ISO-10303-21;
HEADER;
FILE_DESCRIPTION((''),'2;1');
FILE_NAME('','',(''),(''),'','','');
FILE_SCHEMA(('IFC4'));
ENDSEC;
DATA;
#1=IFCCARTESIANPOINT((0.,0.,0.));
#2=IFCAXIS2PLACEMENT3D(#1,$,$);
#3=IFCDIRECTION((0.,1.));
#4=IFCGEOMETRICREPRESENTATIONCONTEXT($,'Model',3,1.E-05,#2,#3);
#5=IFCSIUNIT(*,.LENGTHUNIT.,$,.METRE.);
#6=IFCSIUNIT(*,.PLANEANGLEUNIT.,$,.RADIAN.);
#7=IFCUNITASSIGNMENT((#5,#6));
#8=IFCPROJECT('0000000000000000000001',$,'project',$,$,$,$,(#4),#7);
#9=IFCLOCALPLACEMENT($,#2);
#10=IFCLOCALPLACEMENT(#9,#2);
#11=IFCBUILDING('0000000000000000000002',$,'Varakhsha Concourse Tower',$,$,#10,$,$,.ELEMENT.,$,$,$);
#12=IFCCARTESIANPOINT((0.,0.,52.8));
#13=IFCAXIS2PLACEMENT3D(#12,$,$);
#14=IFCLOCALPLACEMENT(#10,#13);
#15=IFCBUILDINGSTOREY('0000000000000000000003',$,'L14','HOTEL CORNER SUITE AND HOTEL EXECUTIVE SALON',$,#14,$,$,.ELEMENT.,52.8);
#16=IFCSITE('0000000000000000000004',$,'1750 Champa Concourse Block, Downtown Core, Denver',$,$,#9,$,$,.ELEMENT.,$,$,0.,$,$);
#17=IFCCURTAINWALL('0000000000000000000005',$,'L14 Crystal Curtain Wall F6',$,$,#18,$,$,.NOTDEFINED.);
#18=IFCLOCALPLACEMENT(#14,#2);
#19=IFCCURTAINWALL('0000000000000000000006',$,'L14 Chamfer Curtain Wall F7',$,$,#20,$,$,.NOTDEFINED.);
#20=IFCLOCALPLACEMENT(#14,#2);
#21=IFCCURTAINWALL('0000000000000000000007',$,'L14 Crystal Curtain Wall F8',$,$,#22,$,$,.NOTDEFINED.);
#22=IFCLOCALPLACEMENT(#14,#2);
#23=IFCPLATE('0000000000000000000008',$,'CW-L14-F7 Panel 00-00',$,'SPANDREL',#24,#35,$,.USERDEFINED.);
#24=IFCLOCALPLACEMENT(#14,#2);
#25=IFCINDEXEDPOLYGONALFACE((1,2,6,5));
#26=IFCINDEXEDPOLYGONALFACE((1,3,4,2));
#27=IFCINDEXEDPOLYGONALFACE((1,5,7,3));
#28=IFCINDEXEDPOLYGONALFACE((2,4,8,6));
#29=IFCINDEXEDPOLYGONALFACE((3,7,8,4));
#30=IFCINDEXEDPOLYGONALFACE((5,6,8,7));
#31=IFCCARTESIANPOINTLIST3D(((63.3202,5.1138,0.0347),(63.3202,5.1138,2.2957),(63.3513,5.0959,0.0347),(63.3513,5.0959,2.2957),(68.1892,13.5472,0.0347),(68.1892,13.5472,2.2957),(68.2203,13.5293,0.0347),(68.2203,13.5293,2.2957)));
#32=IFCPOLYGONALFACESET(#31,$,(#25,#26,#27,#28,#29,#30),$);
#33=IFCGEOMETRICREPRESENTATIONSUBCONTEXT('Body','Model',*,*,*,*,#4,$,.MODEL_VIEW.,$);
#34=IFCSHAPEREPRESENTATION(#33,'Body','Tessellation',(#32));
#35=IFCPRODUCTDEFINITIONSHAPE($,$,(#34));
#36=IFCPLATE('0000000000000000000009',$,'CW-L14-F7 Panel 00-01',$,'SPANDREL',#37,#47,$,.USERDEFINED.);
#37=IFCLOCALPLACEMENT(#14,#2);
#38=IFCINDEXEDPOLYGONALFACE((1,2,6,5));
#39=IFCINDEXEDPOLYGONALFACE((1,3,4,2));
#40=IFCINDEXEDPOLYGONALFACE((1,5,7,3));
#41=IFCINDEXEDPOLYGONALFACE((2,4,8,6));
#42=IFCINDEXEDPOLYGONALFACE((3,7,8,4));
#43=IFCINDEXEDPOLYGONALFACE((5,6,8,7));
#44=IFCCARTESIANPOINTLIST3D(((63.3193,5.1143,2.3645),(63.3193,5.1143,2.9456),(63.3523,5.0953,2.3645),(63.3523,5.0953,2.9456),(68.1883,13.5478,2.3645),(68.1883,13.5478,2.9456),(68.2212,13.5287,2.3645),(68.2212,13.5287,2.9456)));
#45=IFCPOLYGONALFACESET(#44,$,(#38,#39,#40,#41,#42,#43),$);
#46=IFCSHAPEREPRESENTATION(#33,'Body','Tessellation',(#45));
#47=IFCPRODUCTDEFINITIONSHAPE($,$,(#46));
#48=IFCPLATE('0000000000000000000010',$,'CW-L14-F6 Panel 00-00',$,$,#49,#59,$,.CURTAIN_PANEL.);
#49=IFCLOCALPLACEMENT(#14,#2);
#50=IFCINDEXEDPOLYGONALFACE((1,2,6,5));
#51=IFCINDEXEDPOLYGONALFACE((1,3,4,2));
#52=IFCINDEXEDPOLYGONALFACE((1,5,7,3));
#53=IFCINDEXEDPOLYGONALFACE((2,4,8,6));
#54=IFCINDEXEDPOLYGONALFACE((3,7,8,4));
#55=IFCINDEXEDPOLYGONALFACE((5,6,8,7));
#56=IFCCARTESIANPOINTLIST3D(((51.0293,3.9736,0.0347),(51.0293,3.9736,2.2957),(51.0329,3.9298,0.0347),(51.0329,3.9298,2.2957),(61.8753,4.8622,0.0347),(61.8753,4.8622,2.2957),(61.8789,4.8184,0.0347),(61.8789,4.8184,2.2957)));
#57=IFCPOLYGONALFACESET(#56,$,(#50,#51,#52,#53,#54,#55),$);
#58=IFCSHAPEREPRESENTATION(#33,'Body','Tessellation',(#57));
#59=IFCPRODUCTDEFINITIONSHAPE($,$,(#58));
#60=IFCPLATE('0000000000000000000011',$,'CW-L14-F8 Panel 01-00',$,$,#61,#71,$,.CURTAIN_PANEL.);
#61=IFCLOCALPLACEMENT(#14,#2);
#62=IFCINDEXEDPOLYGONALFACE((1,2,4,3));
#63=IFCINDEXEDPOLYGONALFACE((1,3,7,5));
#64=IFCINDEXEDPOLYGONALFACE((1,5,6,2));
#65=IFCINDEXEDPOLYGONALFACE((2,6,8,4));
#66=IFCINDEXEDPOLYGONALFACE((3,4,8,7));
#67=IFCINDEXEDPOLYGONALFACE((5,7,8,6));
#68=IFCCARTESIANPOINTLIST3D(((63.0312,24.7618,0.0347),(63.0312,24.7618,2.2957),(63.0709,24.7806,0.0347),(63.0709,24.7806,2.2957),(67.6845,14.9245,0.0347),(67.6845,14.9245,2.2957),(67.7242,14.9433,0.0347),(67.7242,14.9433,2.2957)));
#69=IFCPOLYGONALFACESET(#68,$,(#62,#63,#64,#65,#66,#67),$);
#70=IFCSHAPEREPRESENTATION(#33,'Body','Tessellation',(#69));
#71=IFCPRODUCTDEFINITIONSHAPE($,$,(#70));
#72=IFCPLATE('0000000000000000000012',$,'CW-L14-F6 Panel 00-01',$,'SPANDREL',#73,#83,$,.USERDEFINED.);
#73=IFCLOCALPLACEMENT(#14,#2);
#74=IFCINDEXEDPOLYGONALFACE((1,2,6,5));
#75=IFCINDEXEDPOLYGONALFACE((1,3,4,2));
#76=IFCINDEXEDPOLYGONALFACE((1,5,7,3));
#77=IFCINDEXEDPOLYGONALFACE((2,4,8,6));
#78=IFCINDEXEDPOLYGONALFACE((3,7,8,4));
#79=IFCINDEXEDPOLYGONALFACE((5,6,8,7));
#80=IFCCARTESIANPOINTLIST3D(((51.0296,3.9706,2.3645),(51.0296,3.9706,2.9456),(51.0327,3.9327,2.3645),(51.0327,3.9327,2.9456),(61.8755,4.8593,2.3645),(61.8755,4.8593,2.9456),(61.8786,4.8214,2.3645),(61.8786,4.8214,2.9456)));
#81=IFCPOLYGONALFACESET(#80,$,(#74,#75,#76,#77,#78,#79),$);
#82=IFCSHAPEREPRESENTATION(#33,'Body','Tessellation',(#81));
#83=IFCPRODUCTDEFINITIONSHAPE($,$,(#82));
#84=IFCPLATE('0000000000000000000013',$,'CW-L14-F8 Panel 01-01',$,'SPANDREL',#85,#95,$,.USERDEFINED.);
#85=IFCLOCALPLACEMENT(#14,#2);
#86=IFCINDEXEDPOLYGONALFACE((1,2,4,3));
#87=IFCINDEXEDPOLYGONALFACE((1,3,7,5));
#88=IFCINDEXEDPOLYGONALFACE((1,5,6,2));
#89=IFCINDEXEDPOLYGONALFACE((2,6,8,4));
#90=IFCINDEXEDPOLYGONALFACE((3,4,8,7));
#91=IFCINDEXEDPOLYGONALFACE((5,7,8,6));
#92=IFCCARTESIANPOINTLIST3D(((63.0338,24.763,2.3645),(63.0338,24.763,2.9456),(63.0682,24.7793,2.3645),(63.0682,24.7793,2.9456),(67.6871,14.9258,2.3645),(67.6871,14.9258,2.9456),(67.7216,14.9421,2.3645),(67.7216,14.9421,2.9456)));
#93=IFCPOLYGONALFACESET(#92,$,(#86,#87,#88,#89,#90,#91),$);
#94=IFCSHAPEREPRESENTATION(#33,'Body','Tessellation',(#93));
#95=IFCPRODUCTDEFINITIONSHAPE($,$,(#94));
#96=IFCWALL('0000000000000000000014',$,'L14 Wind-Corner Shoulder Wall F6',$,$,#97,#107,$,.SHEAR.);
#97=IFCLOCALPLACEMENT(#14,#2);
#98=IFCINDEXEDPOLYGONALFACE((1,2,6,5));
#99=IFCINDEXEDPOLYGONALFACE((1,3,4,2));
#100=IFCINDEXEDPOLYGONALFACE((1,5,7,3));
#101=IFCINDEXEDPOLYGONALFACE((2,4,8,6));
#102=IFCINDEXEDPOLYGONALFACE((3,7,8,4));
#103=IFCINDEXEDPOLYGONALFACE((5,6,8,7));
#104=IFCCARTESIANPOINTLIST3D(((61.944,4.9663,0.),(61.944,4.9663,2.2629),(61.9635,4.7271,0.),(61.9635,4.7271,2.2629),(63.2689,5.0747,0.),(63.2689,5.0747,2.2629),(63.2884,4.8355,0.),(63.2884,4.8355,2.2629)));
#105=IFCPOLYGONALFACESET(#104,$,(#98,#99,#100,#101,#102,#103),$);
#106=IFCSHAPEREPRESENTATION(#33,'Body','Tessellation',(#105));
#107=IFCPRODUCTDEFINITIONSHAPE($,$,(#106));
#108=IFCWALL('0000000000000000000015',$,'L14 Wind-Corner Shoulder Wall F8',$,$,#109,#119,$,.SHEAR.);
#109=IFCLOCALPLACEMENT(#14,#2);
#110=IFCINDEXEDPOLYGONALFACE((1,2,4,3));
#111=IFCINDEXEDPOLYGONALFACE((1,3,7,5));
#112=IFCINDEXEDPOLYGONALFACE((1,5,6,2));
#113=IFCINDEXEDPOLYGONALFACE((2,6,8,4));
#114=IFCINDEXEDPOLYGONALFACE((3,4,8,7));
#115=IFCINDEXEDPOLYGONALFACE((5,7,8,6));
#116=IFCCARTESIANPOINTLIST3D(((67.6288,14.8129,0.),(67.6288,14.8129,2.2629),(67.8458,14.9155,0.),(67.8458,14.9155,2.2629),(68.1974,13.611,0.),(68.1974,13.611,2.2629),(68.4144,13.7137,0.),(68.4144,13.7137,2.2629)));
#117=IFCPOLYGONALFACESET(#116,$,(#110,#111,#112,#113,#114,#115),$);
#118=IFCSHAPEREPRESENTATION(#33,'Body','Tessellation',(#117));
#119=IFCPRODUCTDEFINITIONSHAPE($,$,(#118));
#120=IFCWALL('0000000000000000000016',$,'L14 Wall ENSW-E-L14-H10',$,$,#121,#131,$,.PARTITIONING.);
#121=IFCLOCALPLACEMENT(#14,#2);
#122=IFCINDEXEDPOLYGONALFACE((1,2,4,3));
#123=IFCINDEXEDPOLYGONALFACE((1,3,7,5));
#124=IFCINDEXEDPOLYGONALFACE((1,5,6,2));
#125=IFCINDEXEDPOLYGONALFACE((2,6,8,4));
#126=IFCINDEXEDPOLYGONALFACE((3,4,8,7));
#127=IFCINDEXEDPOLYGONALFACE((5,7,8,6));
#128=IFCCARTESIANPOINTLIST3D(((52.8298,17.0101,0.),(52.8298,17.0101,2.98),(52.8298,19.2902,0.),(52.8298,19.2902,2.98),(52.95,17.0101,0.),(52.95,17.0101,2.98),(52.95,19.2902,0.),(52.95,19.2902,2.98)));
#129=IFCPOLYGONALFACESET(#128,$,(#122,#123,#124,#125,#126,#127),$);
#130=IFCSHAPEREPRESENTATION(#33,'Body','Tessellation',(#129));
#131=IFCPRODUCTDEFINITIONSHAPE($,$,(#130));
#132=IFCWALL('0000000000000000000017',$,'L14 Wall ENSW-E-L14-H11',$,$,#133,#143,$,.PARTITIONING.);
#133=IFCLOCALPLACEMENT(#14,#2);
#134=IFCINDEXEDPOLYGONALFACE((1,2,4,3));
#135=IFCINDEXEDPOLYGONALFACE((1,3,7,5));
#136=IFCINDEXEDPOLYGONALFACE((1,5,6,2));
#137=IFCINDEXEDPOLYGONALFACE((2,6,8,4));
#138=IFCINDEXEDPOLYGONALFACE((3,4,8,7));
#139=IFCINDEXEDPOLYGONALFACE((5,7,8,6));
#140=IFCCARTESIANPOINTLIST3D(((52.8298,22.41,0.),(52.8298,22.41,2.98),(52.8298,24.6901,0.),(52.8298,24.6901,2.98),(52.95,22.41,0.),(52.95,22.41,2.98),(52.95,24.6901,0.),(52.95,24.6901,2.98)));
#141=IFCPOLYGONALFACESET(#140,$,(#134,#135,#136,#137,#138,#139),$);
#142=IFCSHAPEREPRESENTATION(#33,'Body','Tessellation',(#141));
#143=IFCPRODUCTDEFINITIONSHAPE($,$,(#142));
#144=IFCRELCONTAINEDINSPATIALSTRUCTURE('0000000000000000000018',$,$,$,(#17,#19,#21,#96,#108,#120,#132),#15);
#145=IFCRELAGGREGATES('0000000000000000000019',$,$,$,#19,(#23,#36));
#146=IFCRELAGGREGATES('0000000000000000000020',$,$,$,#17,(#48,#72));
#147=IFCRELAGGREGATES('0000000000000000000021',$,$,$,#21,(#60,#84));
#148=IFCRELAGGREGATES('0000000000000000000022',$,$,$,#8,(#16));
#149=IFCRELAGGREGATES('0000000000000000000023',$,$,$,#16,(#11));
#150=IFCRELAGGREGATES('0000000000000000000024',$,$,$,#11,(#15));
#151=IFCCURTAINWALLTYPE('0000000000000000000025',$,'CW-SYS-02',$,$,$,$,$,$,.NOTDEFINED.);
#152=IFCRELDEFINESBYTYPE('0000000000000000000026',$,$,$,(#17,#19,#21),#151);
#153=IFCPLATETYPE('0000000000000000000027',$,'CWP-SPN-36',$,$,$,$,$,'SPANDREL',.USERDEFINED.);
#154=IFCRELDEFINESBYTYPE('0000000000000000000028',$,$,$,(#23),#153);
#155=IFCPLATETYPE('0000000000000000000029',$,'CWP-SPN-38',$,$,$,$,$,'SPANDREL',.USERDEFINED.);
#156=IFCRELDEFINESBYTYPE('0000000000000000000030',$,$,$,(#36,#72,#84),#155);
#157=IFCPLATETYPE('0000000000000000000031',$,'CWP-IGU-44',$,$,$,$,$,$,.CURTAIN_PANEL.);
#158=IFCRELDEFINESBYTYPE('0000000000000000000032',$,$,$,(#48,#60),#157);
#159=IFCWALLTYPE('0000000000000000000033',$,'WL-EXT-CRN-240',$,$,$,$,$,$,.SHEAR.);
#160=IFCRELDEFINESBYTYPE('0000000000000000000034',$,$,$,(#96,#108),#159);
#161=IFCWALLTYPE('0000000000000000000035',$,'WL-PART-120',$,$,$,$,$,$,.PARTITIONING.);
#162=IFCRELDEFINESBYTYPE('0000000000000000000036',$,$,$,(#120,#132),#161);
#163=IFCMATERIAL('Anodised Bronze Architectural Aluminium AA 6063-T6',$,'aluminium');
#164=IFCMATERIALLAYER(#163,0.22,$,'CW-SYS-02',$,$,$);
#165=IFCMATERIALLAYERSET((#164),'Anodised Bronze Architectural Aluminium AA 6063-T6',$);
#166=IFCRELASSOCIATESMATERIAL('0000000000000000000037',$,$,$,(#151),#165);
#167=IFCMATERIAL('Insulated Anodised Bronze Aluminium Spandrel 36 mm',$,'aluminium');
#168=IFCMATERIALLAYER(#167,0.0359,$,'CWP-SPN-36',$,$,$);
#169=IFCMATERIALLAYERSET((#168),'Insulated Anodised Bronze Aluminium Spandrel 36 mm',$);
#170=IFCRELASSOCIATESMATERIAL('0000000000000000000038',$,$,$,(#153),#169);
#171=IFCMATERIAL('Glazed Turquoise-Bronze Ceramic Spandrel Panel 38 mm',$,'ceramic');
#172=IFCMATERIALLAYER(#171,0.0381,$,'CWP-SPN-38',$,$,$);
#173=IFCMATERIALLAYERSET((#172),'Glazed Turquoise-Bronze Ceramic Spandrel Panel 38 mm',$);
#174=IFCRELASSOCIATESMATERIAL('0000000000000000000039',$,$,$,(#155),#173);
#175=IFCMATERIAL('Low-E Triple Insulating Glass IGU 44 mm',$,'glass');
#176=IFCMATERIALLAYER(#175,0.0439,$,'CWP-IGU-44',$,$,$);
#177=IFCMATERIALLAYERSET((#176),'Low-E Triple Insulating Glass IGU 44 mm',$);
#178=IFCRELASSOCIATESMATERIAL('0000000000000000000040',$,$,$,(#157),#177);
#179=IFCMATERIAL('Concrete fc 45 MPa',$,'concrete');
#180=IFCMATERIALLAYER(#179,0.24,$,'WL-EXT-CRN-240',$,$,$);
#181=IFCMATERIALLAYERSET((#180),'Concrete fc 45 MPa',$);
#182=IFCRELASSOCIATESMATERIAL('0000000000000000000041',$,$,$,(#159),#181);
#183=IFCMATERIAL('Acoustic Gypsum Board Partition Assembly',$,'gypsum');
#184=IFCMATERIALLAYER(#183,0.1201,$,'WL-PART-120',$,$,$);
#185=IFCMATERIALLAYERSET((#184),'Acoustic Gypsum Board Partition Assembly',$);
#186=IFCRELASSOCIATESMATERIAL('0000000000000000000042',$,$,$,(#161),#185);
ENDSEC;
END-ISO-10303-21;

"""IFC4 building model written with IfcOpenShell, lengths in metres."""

from ifc_helpers import new_model, si_unit, direction, frame, frame_2d, origin, origin_2d, place, context, subcontext, project, spatial, rectangle, extrude, source, transform, mapped, material, layer, layer_set, type_object, type_shapes, element, aggregate, save


model = new_model("IFC4")

# Units and contexts
model_context = context("Model", 3, precision=1e-05, world=origin(), true_north=direction((0.0, 1.0)))
body_context = subcontext(model_context, "Body", "Model", "MODEL_VIEW")
ifc_project = project(units=[si_unit("LENGTHUNIT", "METRE"), si_unit("PLANEANGLEUNIT", "RADIAN")], contexts=[model_context])

# Site, building, storey
site_placement = place(None, origin())
site = spatial("IfcSite", under=ifc_project, at=site_placement, Name="1750 Champa Concourse Block, Downtown Core, Denver", CompositionType="ELEMENT", RefElevation=0.0)
building_placement = place(site_placement, origin())
building = spatial("IfcBuilding", under=site, at=building_placement, Name="Varakhsha Concourse Tower", CompositionType="ELEMENT")
storey_placement = place(building_placement, frame((0.0, 0.0, 52.8)))
storey = spatial("IfcBuildingStorey", under=building, at=storey_placement, Name="L14", Description="HOTEL CORNER SUITE AND HOTEL EXECUTIVE SALON", CompositionType="ELEMENT", Elevation=52.8)

# Curtain wall
ifc_material_1 = material(Name="Anodised Bronze Architectural Aluminium AA 6063-T6", Category="aluminium")
ifc_layer_1 = layer(ifc_material_1, 0.22, Name="CW-SYS-02")
ifc_layer_set_1 = layer_set([ifc_layer_1], Name="Anodised Bronze Architectural Aluminium AA 6063-T6")
curtain_wall_type = type_object("IfcCurtainWallType", Name="CW-SYS-02", PredefinedType="NOTDEFINED", material=ifc_layer_set_1)
curtain_wall_1_placement = place(storey_placement, origin())
curtain_wall_1 = element("IfcCurtainWall", 1, at=curtain_wall_1_placement, inside=storey, type_object=curtain_wall_type, Name="L14 Crystal Curtain Wall F6", PredefinedType="NOTDEFINED")

# Curtain wall
curtain_wall_2_placement = place(storey_placement, origin())
curtain_wall_2 = element("IfcCurtainWall", 2, at=curtain_wall_2_placement, inside=storey, type_object=curtain_wall_type, Name="L14 Chamfer Curtain Wall F7", PredefinedType="NOTDEFINED")

# Curtain wall
curtain_wall_3_placement = place(storey_placement, origin())
curtain_wall_3 = element("IfcCurtainWall", 3, at=curtain_wall_3_placement, inside=storey, type_object=curtain_wall_type, Name="L14 Crystal Curtain Wall F8", PredefinedType="NOTDEFINED")

# Plates
ifc_material_2 = material(Name="Insulated Anodised Bronze Aluminium Spandrel 36 mm", Category="aluminium")
ifc_layer_2 = layer(ifc_material_2, 0.0359, Name="CWP-SPN-36")
ifc_layer_set_2 = layer_set([ifc_layer_2], Name="Insulated Anodised Bronze Aluminium Spandrel 36 mm")
plate_type_1 = type_object("IfcPlateType", Name="CWP-SPN-36", ElementType="SPANDREL", PredefinedType="USERDEFINED", material=ifc_layer_set_2)
shared_shape_1 = source(origin(), body_context, "Body", "SweptSolid", [
    extrude(rectangle(XDim=9.738, YDim=0.0359, at=origin_2d()), origin(), (0.0, 0.0, 1.0), 2.261),
])
type_shapes(plate_type_1, [shared_shape_1])
plate_1_placement = place(storey_placement, frame((65.7703, 9.3215, 0.0347), z_axis=(0.0, 0.0, 1.0), x_axis=(-0.499994, -0.866029, 0.0)))
plate_1 = element("IfcPlate", 4, at=plate_1_placement, type_object=plate_type_1, Name="CW-L14-F7 Panel 00-00", ObjectType="SPANDREL", PredefinedType="USERDEFINED", context=body_context, shape_type="MappedRepresentation", body=[
    mapped(shared_shape_1, transform((0.0, 0.0, 0.0), scale=1.0)),
])
ifc_material_3 = material(Name="Glazed Turquoise-Bronze Ceramic Spandrel Panel 38 mm", Category="ceramic")
ifc_layer_3 = layer(ifc_material_3, 0.0381, Name="CWP-SPN-38")
ifc_layer_set_3 = layer_set([ifc_layer_3], Name="Glazed Turquoise-Bronze Ceramic Spandrel Panel 38 mm")
plate_type_2 = type_object("IfcPlateType", Name="CWP-SPN-38", ElementType="SPANDREL", PredefinedType="USERDEFINED", material=ifc_layer_set_3)
shared_shape_2 = source(origin(), body_context, "Body", "SweptSolid", [
    extrude(rectangle(XDim=9.738, YDim=0.0381, at=origin_2d()), origin(), (0.0, 0.0, 1.0), 0.5811),
])
plate_2_placement = place(storey_placement, frame((65.7703, 9.3215, 2.3645), z_axis=(0.0, 0.0, 1.0), x_axis=(-0.499994, -0.866029, 0.0)))
plate_2 = element("IfcPlate", 5, at=plate_2_placement, type_object=plate_type_2, Name="CW-L14-F7 Panel 00-01", ObjectType="SPANDREL", PredefinedType="USERDEFINED", context=body_context, shape_type="MappedRepresentation", body=[
    mapped(shared_shape_2, transform((0.0, 0.0, 0.0), scale=1.0)),
])
aggregate(curtain_wall_2, [plate_1, plate_2])
ifc_material_4 = material(Name="Low-E Triple Insulating Glass IGU 44 mm", Category="glass")
ifc_layer_4 = layer(ifc_material_4, 0.0439, Name="CWP-IGU-44")
ifc_layer_set_4 = layer_set([ifc_layer_4], Name="Low-E Triple Insulating Glass IGU 44 mm")
plate_type_3 = type_object("IfcPlateType", Name="CWP-IGU-44", PredefinedType="CURTAIN_PANEL", material=ifc_layer_set_4)
shared_shape_3 = source(origin(), body_context, "Body", "SweptSolid", [
    extrude(rectangle(XDim=10.8823, YDim=0.0439, at=origin_2d()), origin(), (0.0, 0.0, 1.0), 2.261),
])
type_shapes(plate_type_3, [shared_shape_3])
plate_3_placement = place(storey_placement, frame((56.4541, 4.396, 0.0347), z_axis=(0.0, 0.0, 1.0), x_axis=(-0.99666, -0.081664, 0.0)))
plate_3 = element("IfcPlate", 6, at=plate_3_placement, type_object=plate_type_3, Name="CW-L14-F6 Panel 00-00", PredefinedType="CURTAIN_PANEL", context=body_context, shape_type="MappedRepresentation", body=[
    mapped(shared_shape_3, transform((0.0, 0.0, 0.0), scale=1.0)),
])
plate_4_placement = place(storey_placement, frame((65.3777, 19.8525, 0.0347), z_axis=(0.0, 0.0, 1.0), x_axis=(0.427604, -0.903966, 0.0)))
plate_4 = element("IfcPlate", 7, at=plate_4_placement, type_object=plate_type_3, Name="CW-L14-F8 Panel 01-00", PredefinedType="CURTAIN_PANEL", context=body_context, shape_type="MappedRepresentation", body=[
    mapped(shared_shape_3, transform((0.0, 0.0, 0.0), scale=1.0)),
])
shared_shape_4 = source(origin(), body_context, "Body", "SweptSolid", [
    extrude(rectangle(XDim=10.8823, YDim=0.0381, at=origin_2d()), origin(), (0.0, 0.0, 1.0), 0.5811),
])
type_shapes(plate_type_2, [shared_shape_2, shared_shape_4])
plate_5_placement = place(storey_placement, frame((56.4541, 4.396, 2.3645), z_axis=(0.0, 0.0, 1.0), x_axis=(-0.99666, -0.081664, 0.0)))
plate_5 = element("IfcPlate", 8, at=plate_5_placement, type_object=plate_type_2, Name="CW-L14-F6 Panel 00-01", ObjectType="SPANDREL", PredefinedType="USERDEFINED", context=body_context, shape_type="MappedRepresentation", body=[
    mapped(shared_shape_4, transform((0.0, 0.0, 0.0), scale=1.0)),
])
aggregate(curtain_wall_1, [plate_3, plate_5])
plate_6_placement = place(storey_placement, frame((65.3777, 19.8525, 2.3645), z_axis=(0.0, 0.0, 1.0), x_axis=(0.427604, -0.903966, 0.0)))
plate_6 = element("IfcPlate", 9, at=plate_6_placement, type_object=plate_type_2, Name="CW-L14-F8 Panel 01-01", ObjectType="SPANDREL", PredefinedType="USERDEFINED", context=body_context, shape_type="MappedRepresentation", body=[
    mapped(shared_shape_4, transform((0.0, 0.0, 0.0), scale=1.0)),
])
aggregate(curtain_wall_3, [plate_4, plate_6])

# Walls
ifc_material_5 = material(Name="Concrete fc 45 MPa", Category="concrete")
ifc_layer_5 = layer(ifc_material_5, 0.24, Name="WL-EXT-CRN-240")
ifc_layer_set_5 = layer_set([ifc_layer_5], Name="Concrete fc 45 MPa")
wall_type_1 = type_object("IfcWallType", Name="WL-EXT-CRN-240", PredefinedType="SHEAR", material=ifc_layer_set_5)
wall_1_placement = place(storey_placement, frame((61.9539, 4.8467, 0.0), z_axis=(0.0, 0.0, 1.0), x_axis=(0.99667, 0.081541, 0.0)))
element("IfcWall", 10, at=wall_1_placement, inside=storey, type_object=wall_type_1, Name="L14 Wind-Corner Shoulder Wall F6", PredefinedType="SHEAR", context=body_context, shape_type="SweptSolid", body=[
    extrude(rectangle(XDim=1.3293, YDim=0.24, at=frame_2d((0.6646, 0.0))), origin(), (0.0, 0.0, 1.0), 2.2629),
])
wall_2_placement = place(storey_placement, frame((68.3059, 13.6624, 0.0), z_axis=(0.0, 0.0, 1.0), x_axis=(-0.427644, 0.903947, 0.0)))
element("IfcWall", 11, at=wall_2_placement, inside=storey, type_object=wall_type_1, Name="L14 Wind-Corner Shoulder Wall F8", PredefinedType="SHEAR", context=body_context, shape_type="SweptSolid", body=[
    extrude(rectangle(XDim=1.3296, YDim=0.24, at=frame_2d((0.6648, 0.0))), origin(), (0.0, 0.0, 1.0), 2.2629),
])
ifc_material_6 = material(Name="Acoustic Gypsum Board Partition Assembly", Category="gypsum")
ifc_layer_6 = layer(ifc_material_6, 0.1201, Name="WL-PART-120")
ifc_layer_set_6 = layer_set([ifc_layer_6], Name="Acoustic Gypsum Board Partition Assembly")
wall_type_2 = type_object("IfcWallType", Name="WL-PART-120", PredefinedType="PARTITIONING", material=ifc_layer_set_6)
for number, where, z_axis, x_axis, name in (
    (12, (52.8899, 17.01, 0.0), (0.0, 0.0, 1.0), (0.0, 1.0, 0.0), "L14 Wall ENSW-E-L14-H10"),
    (13, (52.8899, 22.4099, 0.0), (0.0, 0.0, 1.0), (0.0, 1.0, 0.0), "L14 Wall ENSW-E-L14-H11"),
):
    element("IfcWall", number, at=place(storey_placement, frame(where, z_axis=z_axis, x_axis=x_axis)), inside=storey, type_object=wall_type_2, Name=name, PredefinedType="PARTITIONING", context=body_context, shape_type="SweptSolid", body=[
        extrude(rectangle(XDim=2.28, YDim=0.1201, at=frame_2d((1.1401, 0.0))), origin(), (0.0, 0.0, 1.0), 2.98),
    ])

save(model, "model.ifc")
